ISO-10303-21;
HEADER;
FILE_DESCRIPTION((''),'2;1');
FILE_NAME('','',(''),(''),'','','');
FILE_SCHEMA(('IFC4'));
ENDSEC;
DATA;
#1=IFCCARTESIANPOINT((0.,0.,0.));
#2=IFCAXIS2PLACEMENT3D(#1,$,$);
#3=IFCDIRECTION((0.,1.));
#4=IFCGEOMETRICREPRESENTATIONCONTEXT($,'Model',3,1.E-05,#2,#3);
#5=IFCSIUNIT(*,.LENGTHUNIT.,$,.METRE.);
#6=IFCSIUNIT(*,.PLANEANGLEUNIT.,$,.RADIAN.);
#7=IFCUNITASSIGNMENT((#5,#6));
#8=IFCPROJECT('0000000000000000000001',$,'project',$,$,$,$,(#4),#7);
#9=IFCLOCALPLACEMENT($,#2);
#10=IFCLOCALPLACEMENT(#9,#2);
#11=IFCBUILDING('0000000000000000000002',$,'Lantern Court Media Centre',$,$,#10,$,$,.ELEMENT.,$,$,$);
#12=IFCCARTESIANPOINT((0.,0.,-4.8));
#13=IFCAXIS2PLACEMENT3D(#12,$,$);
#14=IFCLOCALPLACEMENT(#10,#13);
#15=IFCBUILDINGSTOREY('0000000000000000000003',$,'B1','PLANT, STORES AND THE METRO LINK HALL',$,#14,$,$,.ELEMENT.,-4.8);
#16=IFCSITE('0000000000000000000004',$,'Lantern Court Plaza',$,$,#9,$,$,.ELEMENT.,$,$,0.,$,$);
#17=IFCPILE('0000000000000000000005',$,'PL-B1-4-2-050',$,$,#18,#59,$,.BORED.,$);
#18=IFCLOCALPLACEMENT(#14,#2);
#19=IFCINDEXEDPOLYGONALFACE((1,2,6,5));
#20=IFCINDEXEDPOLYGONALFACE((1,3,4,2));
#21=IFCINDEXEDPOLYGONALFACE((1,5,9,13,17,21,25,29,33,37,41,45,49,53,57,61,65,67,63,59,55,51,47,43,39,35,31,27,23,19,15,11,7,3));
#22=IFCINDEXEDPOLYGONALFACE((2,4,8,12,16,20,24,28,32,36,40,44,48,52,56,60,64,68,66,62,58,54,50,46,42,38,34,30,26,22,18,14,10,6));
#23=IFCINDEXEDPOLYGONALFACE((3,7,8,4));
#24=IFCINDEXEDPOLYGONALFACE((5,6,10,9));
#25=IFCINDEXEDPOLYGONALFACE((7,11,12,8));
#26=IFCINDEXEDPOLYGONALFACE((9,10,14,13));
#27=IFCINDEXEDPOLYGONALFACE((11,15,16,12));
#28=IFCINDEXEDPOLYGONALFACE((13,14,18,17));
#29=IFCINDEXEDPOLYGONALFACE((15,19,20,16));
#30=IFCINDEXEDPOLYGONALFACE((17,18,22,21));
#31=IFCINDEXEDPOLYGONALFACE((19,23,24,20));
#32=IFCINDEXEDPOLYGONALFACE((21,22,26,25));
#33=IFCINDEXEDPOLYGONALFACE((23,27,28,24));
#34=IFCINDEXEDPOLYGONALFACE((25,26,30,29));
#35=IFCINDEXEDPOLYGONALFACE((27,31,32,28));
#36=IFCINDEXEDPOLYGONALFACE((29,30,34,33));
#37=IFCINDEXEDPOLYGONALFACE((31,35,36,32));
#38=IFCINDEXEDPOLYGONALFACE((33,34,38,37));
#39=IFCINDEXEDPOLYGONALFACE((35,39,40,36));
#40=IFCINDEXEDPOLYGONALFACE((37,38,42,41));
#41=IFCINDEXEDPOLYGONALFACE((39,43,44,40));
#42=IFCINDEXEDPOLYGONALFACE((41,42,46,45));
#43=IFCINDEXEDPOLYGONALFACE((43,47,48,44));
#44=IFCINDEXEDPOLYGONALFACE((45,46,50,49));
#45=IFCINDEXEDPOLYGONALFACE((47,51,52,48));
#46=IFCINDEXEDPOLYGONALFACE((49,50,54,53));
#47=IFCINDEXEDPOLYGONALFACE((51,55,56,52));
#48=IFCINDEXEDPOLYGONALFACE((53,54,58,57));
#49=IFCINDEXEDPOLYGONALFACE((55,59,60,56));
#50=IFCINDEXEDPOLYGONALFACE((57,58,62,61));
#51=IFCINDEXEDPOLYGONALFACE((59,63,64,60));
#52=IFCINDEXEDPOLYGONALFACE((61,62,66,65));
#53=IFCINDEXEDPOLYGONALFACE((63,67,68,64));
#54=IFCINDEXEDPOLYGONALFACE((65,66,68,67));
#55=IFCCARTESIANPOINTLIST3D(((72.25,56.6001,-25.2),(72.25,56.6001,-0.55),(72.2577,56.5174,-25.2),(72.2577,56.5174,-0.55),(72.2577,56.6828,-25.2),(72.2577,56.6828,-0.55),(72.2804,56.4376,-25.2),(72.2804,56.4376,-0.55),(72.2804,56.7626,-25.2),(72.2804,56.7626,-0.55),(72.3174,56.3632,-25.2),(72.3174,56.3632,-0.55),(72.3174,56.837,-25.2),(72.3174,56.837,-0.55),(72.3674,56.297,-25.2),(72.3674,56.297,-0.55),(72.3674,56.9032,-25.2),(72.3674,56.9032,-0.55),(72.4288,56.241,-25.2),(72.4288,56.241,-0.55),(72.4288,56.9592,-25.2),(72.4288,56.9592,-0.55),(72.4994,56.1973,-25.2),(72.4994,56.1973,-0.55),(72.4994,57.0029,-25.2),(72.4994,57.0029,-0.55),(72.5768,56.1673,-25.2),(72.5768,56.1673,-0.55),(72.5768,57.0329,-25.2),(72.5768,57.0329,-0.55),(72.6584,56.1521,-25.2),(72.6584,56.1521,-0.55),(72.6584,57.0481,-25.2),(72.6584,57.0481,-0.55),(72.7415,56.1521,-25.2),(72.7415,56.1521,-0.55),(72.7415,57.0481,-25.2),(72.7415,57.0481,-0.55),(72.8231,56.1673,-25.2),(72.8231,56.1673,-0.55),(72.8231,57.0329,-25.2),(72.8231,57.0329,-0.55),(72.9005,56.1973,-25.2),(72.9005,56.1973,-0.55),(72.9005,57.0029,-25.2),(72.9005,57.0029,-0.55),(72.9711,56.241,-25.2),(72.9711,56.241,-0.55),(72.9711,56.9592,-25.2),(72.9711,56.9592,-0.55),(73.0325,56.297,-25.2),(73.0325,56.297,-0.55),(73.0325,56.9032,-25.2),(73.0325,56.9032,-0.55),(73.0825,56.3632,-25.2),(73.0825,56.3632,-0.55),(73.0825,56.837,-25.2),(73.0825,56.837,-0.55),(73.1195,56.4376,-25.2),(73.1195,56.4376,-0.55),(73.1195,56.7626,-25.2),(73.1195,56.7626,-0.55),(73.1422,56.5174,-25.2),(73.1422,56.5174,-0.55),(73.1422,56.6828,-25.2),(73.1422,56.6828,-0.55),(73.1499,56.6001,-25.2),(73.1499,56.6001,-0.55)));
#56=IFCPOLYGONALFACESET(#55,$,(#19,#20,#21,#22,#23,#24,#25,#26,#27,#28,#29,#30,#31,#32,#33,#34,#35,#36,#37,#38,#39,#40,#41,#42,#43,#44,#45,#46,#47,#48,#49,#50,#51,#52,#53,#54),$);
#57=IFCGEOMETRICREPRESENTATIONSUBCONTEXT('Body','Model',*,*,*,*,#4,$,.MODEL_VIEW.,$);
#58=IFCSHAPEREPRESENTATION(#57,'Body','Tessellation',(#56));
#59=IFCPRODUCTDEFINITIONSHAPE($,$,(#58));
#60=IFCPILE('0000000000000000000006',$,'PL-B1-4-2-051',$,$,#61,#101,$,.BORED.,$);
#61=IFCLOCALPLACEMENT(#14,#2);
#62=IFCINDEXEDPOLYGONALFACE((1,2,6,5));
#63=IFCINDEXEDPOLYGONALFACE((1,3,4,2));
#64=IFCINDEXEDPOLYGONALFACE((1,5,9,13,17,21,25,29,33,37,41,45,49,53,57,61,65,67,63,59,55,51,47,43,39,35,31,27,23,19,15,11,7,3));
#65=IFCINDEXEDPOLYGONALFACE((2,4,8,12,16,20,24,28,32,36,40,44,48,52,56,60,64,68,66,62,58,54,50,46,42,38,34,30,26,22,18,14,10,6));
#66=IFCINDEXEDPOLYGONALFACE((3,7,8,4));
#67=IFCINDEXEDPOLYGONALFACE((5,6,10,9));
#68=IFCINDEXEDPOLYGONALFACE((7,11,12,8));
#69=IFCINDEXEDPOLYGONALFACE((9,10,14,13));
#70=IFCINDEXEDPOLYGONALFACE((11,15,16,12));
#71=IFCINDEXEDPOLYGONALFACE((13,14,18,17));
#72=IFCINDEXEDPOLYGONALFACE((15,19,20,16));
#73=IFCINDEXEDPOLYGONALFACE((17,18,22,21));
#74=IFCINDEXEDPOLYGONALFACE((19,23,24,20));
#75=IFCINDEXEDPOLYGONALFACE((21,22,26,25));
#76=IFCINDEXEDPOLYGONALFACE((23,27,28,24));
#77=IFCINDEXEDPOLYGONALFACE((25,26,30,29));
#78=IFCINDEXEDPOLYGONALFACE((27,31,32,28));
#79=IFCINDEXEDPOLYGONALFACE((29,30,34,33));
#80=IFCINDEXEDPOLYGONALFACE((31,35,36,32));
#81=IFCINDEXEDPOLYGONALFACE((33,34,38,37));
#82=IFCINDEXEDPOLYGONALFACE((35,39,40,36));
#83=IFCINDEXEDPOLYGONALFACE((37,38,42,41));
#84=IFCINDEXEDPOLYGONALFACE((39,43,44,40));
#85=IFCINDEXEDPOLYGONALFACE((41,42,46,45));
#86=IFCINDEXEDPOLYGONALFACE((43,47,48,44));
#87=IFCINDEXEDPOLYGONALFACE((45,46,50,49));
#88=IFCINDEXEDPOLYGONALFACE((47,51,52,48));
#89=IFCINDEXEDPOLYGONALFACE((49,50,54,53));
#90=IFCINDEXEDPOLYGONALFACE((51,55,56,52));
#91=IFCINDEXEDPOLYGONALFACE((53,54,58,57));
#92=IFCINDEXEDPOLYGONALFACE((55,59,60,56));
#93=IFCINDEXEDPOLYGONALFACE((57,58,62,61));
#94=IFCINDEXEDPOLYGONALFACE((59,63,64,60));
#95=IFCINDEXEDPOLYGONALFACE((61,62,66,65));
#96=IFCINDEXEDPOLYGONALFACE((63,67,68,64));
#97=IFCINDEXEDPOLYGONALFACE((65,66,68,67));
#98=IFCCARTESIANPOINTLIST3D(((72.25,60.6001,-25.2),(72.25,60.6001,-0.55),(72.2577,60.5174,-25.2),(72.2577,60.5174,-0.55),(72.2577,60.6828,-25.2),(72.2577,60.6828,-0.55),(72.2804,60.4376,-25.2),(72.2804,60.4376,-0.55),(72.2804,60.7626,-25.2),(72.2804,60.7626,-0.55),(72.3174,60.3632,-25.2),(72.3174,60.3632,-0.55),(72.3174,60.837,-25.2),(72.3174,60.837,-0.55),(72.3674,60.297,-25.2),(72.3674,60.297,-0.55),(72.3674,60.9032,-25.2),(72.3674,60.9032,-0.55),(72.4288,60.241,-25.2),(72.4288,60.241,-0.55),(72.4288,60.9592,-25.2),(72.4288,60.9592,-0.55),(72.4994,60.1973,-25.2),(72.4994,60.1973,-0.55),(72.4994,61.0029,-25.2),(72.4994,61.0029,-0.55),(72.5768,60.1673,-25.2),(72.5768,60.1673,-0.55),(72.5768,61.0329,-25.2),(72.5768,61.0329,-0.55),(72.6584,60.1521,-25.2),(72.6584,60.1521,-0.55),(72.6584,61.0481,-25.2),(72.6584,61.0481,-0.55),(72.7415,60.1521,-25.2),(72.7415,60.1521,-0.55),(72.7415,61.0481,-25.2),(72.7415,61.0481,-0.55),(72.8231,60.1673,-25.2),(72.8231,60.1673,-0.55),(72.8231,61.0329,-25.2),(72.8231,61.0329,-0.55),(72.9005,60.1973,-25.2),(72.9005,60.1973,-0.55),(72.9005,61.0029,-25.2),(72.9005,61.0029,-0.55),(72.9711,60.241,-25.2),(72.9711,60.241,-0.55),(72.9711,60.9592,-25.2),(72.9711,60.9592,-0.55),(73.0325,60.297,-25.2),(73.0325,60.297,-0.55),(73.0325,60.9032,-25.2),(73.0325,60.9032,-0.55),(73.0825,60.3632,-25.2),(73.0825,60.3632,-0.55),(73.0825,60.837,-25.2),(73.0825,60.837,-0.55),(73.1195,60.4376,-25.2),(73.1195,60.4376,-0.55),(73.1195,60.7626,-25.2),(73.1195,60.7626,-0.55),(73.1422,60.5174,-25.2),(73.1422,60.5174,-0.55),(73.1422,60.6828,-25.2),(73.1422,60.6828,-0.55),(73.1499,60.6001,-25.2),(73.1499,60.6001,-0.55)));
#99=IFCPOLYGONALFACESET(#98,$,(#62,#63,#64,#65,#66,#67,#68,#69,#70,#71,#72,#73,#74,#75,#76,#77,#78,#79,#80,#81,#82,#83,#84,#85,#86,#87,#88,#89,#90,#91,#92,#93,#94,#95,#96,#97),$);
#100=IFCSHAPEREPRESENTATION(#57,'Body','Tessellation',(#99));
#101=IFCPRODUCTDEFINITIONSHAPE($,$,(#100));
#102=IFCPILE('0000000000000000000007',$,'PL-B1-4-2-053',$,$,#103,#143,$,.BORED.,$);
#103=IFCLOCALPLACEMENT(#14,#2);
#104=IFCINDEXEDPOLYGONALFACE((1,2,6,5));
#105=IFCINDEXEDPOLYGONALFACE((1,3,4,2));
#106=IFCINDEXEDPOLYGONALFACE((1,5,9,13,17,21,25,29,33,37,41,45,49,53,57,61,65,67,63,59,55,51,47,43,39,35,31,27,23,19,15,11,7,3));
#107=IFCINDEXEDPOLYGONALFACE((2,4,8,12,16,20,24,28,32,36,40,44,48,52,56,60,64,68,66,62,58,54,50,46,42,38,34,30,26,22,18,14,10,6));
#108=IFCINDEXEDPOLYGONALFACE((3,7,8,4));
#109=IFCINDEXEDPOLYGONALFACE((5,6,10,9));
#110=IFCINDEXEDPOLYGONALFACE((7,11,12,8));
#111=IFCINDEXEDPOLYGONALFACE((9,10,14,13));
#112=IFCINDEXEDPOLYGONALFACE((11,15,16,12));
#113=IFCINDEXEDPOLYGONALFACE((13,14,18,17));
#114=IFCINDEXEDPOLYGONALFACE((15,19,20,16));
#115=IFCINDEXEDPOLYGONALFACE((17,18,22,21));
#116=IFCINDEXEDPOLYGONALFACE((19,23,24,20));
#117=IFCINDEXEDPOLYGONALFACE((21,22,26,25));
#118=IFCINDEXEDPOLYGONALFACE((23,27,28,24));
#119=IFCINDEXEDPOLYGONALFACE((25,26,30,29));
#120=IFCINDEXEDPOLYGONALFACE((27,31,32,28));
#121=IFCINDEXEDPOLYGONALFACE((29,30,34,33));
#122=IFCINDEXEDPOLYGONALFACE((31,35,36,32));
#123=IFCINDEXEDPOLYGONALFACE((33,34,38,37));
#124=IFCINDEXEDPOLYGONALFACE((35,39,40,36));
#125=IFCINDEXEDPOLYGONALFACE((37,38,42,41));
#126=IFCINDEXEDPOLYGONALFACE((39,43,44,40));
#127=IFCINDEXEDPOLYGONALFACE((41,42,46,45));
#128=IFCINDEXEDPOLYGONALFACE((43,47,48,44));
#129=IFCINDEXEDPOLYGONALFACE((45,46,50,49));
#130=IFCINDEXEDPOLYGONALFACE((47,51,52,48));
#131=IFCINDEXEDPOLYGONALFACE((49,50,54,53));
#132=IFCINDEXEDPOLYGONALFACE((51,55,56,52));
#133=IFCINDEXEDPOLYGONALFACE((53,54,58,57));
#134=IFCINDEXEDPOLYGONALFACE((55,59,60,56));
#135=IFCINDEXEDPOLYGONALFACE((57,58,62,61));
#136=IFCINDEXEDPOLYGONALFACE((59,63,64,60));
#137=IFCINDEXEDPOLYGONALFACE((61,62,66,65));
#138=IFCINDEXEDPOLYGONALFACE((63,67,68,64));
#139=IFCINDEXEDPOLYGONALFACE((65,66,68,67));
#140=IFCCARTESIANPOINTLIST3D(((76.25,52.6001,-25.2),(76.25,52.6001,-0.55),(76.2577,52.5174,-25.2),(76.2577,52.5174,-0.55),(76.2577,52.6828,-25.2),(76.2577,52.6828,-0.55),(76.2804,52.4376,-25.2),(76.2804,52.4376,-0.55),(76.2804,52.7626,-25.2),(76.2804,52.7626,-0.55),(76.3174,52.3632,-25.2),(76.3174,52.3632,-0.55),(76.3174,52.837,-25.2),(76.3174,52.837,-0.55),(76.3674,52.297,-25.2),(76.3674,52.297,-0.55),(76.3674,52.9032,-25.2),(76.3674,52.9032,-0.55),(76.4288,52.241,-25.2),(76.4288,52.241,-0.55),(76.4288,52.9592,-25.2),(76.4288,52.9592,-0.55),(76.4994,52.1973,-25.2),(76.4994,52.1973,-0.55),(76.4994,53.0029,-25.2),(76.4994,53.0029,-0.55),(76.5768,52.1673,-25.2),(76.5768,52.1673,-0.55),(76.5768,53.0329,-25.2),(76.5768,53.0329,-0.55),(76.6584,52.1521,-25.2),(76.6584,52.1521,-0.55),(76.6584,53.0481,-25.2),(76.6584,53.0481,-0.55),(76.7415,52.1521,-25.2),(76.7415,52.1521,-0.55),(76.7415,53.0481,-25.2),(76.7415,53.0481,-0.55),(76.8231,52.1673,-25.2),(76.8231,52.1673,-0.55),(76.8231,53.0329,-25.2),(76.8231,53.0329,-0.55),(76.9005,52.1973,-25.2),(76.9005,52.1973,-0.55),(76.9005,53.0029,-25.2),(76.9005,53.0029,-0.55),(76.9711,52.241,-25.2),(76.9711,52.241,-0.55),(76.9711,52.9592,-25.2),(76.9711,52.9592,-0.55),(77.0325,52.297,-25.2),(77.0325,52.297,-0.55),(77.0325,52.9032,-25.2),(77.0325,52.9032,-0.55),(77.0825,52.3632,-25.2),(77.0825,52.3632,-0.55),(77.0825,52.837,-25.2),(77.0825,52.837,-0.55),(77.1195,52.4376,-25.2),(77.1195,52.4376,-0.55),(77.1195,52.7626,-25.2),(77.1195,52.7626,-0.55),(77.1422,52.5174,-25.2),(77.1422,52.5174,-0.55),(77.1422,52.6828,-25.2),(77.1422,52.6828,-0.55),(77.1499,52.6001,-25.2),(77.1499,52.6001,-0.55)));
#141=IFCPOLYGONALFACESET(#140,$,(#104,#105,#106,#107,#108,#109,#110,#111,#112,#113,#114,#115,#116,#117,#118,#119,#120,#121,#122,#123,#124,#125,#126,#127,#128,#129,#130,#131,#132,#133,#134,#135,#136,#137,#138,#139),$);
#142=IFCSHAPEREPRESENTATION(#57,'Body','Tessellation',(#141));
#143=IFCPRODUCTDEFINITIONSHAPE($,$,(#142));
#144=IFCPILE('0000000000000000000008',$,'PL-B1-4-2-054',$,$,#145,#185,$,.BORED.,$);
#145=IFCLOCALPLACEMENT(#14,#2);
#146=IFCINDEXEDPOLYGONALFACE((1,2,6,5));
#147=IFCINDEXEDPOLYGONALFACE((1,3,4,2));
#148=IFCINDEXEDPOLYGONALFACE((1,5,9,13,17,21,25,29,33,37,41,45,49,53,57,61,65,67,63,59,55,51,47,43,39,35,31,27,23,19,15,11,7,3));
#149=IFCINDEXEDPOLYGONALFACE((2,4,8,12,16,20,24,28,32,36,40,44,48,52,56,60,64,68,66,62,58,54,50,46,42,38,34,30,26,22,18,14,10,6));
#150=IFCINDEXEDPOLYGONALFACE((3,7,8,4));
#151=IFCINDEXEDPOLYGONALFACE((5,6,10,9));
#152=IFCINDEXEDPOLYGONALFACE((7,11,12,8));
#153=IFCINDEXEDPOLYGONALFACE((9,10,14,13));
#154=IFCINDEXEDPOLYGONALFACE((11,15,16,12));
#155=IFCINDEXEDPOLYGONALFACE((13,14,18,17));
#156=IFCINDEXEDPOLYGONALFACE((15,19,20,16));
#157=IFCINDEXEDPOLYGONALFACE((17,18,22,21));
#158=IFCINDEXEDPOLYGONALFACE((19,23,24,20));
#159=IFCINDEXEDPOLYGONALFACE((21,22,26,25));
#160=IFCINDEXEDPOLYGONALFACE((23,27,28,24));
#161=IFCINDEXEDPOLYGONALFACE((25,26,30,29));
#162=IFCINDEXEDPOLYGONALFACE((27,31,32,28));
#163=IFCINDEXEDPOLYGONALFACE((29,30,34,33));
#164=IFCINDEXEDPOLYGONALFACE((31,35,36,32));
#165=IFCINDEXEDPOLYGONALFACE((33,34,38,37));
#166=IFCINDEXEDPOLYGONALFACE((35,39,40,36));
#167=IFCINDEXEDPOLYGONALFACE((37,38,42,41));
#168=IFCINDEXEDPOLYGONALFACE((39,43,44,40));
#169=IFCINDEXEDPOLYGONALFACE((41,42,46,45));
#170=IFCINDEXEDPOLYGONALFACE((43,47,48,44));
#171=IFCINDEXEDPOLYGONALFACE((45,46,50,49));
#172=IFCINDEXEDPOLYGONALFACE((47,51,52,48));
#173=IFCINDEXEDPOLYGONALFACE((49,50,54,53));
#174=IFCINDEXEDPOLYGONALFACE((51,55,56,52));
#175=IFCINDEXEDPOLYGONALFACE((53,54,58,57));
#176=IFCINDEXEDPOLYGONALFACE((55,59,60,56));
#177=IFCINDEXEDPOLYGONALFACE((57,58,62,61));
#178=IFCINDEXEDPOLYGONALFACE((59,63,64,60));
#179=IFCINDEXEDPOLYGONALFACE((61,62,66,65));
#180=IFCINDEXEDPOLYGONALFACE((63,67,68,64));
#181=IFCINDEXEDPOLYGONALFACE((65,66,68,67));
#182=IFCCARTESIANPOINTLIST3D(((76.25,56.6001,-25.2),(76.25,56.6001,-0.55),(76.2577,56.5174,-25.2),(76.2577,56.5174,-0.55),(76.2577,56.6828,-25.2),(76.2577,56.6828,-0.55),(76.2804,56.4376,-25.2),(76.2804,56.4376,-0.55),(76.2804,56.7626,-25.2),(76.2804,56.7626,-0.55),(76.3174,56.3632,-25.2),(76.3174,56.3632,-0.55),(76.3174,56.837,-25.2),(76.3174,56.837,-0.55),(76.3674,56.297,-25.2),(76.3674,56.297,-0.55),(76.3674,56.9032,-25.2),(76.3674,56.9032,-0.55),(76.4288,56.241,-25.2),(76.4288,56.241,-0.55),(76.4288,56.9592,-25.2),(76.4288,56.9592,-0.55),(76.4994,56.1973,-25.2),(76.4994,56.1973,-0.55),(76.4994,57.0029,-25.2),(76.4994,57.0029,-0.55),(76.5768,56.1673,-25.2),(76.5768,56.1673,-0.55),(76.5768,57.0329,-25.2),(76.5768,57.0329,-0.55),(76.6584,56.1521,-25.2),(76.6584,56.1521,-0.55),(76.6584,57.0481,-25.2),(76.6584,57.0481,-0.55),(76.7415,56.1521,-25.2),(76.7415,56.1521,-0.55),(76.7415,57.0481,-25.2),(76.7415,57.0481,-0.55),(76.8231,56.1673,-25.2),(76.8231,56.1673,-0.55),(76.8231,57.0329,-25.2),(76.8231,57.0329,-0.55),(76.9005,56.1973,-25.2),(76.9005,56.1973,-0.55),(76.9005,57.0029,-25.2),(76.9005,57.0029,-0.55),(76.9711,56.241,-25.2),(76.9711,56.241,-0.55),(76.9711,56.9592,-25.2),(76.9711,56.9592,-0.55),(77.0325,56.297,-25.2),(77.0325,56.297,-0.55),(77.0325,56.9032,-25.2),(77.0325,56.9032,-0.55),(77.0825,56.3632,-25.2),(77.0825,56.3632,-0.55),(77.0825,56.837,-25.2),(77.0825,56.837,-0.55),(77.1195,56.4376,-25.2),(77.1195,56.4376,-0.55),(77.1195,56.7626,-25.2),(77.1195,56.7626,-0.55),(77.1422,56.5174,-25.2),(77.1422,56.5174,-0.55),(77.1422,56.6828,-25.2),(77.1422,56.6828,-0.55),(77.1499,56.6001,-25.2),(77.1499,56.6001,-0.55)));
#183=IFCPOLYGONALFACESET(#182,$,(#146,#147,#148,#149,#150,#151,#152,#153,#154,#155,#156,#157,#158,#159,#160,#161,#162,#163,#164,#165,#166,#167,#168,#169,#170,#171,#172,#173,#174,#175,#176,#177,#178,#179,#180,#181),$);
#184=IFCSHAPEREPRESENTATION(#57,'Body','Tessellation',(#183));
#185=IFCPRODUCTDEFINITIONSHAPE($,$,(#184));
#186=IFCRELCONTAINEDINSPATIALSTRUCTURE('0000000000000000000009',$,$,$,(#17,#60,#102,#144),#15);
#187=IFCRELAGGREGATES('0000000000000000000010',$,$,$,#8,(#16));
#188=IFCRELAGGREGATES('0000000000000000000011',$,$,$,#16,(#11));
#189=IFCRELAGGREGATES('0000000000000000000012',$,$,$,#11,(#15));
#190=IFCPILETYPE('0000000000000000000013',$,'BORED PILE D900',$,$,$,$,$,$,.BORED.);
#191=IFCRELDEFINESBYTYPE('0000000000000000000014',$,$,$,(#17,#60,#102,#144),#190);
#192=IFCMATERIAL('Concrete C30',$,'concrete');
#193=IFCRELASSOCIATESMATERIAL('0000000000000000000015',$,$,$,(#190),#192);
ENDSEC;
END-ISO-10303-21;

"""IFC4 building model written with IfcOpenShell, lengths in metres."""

from ifc_helpers import new_model, si_unit, direction, frame, origin, origin_2d, place, context, subcontext, project, spatial, circle, extrude, material, material_profile, profile_set, type_object, element, save


model = new_model("IFC4")

# Units and contexts
model_context = context("Model", 3, precision=1e-05, world=origin(), true_north=direction((0.0, 1.0)))
body_context = subcontext(model_context, "Body", "Model", "MODEL_VIEW")
ifc_project = project(units=[si_unit("LENGTHUNIT", "METRE"), si_unit("PLANEANGLEUNIT", "RADIAN")], contexts=[model_context])

# Site, building, storey
site_placement = place(None, origin())
site = spatial("IfcSite", under=ifc_project, at=site_placement, Name="Lantern Court Plaza", CompositionType="ELEMENT", RefElevation=0.0)
building_placement = place(site_placement, origin())
building = spatial("IfcBuilding", under=site, at=building_placement, Name="Lantern Court Media Centre", CompositionType="ELEMENT")
storey_placement = place(building_placement, frame((0.0, 0.0, -4.8)))
storey = spatial("IfcBuildingStorey", under=building, at=storey_placement, Name="B1", Description="PLANT, STORES AND THE METRO LINK HALL", CompositionType="ELEMENT", Elevation=-4.8)

# Piles
ifc_material_1 = material(Name="Concrete C30", Category="concrete")
ifc_material_profile_1 = material_profile(ifc_material_1, circle(Radius=0.45, at=origin_2d()), Name="D900")
ifc_profile_set_1 = profile_set([ifc_material_profile_1], Name="Concrete C30")
pile_type = type_object("IfcPileType", Name="BORED PILE D900", PredefinedType="BORED", material=ifc_profile_set_1)
for number, where, z_axis, x_axis, name in (
    (1, (72.7, 56.6001, -0.55), (0.0, 0.0, -1.0), (1.0, 0.0, 0.0), "PL-B1-4-2-050"),
    (2, (72.7, 60.6001, -0.55), (0.0, 0.0, -1.0), (1.0, 0.0, 0.0), "PL-B1-4-2-051"),
    (3, (76.7, 52.6001, -0.55), (0.0, 0.0, -1.0), (1.0, 0.0, 0.0), "PL-B1-4-2-053"),
    (4, (76.7, 56.6001, -0.55), (0.0, 0.0, -1.0), (1.0, 0.0, 0.0), "PL-B1-4-2-054"),
):
    element("IfcPile", number, at=place(storey_placement, frame(where, z_axis=z_axis, x_axis=x_axis)), inside=storey, type_object=pile_type, Name=name, PredefinedType="BORED", context=body_context, shape_type="SweptSolid", body=[
        extrude(circle(Radius=0.45, at=origin_2d()), origin(), (0.0, 0.0, 1.0), 24.6499),
    ])

save(model, "model.ifc")
